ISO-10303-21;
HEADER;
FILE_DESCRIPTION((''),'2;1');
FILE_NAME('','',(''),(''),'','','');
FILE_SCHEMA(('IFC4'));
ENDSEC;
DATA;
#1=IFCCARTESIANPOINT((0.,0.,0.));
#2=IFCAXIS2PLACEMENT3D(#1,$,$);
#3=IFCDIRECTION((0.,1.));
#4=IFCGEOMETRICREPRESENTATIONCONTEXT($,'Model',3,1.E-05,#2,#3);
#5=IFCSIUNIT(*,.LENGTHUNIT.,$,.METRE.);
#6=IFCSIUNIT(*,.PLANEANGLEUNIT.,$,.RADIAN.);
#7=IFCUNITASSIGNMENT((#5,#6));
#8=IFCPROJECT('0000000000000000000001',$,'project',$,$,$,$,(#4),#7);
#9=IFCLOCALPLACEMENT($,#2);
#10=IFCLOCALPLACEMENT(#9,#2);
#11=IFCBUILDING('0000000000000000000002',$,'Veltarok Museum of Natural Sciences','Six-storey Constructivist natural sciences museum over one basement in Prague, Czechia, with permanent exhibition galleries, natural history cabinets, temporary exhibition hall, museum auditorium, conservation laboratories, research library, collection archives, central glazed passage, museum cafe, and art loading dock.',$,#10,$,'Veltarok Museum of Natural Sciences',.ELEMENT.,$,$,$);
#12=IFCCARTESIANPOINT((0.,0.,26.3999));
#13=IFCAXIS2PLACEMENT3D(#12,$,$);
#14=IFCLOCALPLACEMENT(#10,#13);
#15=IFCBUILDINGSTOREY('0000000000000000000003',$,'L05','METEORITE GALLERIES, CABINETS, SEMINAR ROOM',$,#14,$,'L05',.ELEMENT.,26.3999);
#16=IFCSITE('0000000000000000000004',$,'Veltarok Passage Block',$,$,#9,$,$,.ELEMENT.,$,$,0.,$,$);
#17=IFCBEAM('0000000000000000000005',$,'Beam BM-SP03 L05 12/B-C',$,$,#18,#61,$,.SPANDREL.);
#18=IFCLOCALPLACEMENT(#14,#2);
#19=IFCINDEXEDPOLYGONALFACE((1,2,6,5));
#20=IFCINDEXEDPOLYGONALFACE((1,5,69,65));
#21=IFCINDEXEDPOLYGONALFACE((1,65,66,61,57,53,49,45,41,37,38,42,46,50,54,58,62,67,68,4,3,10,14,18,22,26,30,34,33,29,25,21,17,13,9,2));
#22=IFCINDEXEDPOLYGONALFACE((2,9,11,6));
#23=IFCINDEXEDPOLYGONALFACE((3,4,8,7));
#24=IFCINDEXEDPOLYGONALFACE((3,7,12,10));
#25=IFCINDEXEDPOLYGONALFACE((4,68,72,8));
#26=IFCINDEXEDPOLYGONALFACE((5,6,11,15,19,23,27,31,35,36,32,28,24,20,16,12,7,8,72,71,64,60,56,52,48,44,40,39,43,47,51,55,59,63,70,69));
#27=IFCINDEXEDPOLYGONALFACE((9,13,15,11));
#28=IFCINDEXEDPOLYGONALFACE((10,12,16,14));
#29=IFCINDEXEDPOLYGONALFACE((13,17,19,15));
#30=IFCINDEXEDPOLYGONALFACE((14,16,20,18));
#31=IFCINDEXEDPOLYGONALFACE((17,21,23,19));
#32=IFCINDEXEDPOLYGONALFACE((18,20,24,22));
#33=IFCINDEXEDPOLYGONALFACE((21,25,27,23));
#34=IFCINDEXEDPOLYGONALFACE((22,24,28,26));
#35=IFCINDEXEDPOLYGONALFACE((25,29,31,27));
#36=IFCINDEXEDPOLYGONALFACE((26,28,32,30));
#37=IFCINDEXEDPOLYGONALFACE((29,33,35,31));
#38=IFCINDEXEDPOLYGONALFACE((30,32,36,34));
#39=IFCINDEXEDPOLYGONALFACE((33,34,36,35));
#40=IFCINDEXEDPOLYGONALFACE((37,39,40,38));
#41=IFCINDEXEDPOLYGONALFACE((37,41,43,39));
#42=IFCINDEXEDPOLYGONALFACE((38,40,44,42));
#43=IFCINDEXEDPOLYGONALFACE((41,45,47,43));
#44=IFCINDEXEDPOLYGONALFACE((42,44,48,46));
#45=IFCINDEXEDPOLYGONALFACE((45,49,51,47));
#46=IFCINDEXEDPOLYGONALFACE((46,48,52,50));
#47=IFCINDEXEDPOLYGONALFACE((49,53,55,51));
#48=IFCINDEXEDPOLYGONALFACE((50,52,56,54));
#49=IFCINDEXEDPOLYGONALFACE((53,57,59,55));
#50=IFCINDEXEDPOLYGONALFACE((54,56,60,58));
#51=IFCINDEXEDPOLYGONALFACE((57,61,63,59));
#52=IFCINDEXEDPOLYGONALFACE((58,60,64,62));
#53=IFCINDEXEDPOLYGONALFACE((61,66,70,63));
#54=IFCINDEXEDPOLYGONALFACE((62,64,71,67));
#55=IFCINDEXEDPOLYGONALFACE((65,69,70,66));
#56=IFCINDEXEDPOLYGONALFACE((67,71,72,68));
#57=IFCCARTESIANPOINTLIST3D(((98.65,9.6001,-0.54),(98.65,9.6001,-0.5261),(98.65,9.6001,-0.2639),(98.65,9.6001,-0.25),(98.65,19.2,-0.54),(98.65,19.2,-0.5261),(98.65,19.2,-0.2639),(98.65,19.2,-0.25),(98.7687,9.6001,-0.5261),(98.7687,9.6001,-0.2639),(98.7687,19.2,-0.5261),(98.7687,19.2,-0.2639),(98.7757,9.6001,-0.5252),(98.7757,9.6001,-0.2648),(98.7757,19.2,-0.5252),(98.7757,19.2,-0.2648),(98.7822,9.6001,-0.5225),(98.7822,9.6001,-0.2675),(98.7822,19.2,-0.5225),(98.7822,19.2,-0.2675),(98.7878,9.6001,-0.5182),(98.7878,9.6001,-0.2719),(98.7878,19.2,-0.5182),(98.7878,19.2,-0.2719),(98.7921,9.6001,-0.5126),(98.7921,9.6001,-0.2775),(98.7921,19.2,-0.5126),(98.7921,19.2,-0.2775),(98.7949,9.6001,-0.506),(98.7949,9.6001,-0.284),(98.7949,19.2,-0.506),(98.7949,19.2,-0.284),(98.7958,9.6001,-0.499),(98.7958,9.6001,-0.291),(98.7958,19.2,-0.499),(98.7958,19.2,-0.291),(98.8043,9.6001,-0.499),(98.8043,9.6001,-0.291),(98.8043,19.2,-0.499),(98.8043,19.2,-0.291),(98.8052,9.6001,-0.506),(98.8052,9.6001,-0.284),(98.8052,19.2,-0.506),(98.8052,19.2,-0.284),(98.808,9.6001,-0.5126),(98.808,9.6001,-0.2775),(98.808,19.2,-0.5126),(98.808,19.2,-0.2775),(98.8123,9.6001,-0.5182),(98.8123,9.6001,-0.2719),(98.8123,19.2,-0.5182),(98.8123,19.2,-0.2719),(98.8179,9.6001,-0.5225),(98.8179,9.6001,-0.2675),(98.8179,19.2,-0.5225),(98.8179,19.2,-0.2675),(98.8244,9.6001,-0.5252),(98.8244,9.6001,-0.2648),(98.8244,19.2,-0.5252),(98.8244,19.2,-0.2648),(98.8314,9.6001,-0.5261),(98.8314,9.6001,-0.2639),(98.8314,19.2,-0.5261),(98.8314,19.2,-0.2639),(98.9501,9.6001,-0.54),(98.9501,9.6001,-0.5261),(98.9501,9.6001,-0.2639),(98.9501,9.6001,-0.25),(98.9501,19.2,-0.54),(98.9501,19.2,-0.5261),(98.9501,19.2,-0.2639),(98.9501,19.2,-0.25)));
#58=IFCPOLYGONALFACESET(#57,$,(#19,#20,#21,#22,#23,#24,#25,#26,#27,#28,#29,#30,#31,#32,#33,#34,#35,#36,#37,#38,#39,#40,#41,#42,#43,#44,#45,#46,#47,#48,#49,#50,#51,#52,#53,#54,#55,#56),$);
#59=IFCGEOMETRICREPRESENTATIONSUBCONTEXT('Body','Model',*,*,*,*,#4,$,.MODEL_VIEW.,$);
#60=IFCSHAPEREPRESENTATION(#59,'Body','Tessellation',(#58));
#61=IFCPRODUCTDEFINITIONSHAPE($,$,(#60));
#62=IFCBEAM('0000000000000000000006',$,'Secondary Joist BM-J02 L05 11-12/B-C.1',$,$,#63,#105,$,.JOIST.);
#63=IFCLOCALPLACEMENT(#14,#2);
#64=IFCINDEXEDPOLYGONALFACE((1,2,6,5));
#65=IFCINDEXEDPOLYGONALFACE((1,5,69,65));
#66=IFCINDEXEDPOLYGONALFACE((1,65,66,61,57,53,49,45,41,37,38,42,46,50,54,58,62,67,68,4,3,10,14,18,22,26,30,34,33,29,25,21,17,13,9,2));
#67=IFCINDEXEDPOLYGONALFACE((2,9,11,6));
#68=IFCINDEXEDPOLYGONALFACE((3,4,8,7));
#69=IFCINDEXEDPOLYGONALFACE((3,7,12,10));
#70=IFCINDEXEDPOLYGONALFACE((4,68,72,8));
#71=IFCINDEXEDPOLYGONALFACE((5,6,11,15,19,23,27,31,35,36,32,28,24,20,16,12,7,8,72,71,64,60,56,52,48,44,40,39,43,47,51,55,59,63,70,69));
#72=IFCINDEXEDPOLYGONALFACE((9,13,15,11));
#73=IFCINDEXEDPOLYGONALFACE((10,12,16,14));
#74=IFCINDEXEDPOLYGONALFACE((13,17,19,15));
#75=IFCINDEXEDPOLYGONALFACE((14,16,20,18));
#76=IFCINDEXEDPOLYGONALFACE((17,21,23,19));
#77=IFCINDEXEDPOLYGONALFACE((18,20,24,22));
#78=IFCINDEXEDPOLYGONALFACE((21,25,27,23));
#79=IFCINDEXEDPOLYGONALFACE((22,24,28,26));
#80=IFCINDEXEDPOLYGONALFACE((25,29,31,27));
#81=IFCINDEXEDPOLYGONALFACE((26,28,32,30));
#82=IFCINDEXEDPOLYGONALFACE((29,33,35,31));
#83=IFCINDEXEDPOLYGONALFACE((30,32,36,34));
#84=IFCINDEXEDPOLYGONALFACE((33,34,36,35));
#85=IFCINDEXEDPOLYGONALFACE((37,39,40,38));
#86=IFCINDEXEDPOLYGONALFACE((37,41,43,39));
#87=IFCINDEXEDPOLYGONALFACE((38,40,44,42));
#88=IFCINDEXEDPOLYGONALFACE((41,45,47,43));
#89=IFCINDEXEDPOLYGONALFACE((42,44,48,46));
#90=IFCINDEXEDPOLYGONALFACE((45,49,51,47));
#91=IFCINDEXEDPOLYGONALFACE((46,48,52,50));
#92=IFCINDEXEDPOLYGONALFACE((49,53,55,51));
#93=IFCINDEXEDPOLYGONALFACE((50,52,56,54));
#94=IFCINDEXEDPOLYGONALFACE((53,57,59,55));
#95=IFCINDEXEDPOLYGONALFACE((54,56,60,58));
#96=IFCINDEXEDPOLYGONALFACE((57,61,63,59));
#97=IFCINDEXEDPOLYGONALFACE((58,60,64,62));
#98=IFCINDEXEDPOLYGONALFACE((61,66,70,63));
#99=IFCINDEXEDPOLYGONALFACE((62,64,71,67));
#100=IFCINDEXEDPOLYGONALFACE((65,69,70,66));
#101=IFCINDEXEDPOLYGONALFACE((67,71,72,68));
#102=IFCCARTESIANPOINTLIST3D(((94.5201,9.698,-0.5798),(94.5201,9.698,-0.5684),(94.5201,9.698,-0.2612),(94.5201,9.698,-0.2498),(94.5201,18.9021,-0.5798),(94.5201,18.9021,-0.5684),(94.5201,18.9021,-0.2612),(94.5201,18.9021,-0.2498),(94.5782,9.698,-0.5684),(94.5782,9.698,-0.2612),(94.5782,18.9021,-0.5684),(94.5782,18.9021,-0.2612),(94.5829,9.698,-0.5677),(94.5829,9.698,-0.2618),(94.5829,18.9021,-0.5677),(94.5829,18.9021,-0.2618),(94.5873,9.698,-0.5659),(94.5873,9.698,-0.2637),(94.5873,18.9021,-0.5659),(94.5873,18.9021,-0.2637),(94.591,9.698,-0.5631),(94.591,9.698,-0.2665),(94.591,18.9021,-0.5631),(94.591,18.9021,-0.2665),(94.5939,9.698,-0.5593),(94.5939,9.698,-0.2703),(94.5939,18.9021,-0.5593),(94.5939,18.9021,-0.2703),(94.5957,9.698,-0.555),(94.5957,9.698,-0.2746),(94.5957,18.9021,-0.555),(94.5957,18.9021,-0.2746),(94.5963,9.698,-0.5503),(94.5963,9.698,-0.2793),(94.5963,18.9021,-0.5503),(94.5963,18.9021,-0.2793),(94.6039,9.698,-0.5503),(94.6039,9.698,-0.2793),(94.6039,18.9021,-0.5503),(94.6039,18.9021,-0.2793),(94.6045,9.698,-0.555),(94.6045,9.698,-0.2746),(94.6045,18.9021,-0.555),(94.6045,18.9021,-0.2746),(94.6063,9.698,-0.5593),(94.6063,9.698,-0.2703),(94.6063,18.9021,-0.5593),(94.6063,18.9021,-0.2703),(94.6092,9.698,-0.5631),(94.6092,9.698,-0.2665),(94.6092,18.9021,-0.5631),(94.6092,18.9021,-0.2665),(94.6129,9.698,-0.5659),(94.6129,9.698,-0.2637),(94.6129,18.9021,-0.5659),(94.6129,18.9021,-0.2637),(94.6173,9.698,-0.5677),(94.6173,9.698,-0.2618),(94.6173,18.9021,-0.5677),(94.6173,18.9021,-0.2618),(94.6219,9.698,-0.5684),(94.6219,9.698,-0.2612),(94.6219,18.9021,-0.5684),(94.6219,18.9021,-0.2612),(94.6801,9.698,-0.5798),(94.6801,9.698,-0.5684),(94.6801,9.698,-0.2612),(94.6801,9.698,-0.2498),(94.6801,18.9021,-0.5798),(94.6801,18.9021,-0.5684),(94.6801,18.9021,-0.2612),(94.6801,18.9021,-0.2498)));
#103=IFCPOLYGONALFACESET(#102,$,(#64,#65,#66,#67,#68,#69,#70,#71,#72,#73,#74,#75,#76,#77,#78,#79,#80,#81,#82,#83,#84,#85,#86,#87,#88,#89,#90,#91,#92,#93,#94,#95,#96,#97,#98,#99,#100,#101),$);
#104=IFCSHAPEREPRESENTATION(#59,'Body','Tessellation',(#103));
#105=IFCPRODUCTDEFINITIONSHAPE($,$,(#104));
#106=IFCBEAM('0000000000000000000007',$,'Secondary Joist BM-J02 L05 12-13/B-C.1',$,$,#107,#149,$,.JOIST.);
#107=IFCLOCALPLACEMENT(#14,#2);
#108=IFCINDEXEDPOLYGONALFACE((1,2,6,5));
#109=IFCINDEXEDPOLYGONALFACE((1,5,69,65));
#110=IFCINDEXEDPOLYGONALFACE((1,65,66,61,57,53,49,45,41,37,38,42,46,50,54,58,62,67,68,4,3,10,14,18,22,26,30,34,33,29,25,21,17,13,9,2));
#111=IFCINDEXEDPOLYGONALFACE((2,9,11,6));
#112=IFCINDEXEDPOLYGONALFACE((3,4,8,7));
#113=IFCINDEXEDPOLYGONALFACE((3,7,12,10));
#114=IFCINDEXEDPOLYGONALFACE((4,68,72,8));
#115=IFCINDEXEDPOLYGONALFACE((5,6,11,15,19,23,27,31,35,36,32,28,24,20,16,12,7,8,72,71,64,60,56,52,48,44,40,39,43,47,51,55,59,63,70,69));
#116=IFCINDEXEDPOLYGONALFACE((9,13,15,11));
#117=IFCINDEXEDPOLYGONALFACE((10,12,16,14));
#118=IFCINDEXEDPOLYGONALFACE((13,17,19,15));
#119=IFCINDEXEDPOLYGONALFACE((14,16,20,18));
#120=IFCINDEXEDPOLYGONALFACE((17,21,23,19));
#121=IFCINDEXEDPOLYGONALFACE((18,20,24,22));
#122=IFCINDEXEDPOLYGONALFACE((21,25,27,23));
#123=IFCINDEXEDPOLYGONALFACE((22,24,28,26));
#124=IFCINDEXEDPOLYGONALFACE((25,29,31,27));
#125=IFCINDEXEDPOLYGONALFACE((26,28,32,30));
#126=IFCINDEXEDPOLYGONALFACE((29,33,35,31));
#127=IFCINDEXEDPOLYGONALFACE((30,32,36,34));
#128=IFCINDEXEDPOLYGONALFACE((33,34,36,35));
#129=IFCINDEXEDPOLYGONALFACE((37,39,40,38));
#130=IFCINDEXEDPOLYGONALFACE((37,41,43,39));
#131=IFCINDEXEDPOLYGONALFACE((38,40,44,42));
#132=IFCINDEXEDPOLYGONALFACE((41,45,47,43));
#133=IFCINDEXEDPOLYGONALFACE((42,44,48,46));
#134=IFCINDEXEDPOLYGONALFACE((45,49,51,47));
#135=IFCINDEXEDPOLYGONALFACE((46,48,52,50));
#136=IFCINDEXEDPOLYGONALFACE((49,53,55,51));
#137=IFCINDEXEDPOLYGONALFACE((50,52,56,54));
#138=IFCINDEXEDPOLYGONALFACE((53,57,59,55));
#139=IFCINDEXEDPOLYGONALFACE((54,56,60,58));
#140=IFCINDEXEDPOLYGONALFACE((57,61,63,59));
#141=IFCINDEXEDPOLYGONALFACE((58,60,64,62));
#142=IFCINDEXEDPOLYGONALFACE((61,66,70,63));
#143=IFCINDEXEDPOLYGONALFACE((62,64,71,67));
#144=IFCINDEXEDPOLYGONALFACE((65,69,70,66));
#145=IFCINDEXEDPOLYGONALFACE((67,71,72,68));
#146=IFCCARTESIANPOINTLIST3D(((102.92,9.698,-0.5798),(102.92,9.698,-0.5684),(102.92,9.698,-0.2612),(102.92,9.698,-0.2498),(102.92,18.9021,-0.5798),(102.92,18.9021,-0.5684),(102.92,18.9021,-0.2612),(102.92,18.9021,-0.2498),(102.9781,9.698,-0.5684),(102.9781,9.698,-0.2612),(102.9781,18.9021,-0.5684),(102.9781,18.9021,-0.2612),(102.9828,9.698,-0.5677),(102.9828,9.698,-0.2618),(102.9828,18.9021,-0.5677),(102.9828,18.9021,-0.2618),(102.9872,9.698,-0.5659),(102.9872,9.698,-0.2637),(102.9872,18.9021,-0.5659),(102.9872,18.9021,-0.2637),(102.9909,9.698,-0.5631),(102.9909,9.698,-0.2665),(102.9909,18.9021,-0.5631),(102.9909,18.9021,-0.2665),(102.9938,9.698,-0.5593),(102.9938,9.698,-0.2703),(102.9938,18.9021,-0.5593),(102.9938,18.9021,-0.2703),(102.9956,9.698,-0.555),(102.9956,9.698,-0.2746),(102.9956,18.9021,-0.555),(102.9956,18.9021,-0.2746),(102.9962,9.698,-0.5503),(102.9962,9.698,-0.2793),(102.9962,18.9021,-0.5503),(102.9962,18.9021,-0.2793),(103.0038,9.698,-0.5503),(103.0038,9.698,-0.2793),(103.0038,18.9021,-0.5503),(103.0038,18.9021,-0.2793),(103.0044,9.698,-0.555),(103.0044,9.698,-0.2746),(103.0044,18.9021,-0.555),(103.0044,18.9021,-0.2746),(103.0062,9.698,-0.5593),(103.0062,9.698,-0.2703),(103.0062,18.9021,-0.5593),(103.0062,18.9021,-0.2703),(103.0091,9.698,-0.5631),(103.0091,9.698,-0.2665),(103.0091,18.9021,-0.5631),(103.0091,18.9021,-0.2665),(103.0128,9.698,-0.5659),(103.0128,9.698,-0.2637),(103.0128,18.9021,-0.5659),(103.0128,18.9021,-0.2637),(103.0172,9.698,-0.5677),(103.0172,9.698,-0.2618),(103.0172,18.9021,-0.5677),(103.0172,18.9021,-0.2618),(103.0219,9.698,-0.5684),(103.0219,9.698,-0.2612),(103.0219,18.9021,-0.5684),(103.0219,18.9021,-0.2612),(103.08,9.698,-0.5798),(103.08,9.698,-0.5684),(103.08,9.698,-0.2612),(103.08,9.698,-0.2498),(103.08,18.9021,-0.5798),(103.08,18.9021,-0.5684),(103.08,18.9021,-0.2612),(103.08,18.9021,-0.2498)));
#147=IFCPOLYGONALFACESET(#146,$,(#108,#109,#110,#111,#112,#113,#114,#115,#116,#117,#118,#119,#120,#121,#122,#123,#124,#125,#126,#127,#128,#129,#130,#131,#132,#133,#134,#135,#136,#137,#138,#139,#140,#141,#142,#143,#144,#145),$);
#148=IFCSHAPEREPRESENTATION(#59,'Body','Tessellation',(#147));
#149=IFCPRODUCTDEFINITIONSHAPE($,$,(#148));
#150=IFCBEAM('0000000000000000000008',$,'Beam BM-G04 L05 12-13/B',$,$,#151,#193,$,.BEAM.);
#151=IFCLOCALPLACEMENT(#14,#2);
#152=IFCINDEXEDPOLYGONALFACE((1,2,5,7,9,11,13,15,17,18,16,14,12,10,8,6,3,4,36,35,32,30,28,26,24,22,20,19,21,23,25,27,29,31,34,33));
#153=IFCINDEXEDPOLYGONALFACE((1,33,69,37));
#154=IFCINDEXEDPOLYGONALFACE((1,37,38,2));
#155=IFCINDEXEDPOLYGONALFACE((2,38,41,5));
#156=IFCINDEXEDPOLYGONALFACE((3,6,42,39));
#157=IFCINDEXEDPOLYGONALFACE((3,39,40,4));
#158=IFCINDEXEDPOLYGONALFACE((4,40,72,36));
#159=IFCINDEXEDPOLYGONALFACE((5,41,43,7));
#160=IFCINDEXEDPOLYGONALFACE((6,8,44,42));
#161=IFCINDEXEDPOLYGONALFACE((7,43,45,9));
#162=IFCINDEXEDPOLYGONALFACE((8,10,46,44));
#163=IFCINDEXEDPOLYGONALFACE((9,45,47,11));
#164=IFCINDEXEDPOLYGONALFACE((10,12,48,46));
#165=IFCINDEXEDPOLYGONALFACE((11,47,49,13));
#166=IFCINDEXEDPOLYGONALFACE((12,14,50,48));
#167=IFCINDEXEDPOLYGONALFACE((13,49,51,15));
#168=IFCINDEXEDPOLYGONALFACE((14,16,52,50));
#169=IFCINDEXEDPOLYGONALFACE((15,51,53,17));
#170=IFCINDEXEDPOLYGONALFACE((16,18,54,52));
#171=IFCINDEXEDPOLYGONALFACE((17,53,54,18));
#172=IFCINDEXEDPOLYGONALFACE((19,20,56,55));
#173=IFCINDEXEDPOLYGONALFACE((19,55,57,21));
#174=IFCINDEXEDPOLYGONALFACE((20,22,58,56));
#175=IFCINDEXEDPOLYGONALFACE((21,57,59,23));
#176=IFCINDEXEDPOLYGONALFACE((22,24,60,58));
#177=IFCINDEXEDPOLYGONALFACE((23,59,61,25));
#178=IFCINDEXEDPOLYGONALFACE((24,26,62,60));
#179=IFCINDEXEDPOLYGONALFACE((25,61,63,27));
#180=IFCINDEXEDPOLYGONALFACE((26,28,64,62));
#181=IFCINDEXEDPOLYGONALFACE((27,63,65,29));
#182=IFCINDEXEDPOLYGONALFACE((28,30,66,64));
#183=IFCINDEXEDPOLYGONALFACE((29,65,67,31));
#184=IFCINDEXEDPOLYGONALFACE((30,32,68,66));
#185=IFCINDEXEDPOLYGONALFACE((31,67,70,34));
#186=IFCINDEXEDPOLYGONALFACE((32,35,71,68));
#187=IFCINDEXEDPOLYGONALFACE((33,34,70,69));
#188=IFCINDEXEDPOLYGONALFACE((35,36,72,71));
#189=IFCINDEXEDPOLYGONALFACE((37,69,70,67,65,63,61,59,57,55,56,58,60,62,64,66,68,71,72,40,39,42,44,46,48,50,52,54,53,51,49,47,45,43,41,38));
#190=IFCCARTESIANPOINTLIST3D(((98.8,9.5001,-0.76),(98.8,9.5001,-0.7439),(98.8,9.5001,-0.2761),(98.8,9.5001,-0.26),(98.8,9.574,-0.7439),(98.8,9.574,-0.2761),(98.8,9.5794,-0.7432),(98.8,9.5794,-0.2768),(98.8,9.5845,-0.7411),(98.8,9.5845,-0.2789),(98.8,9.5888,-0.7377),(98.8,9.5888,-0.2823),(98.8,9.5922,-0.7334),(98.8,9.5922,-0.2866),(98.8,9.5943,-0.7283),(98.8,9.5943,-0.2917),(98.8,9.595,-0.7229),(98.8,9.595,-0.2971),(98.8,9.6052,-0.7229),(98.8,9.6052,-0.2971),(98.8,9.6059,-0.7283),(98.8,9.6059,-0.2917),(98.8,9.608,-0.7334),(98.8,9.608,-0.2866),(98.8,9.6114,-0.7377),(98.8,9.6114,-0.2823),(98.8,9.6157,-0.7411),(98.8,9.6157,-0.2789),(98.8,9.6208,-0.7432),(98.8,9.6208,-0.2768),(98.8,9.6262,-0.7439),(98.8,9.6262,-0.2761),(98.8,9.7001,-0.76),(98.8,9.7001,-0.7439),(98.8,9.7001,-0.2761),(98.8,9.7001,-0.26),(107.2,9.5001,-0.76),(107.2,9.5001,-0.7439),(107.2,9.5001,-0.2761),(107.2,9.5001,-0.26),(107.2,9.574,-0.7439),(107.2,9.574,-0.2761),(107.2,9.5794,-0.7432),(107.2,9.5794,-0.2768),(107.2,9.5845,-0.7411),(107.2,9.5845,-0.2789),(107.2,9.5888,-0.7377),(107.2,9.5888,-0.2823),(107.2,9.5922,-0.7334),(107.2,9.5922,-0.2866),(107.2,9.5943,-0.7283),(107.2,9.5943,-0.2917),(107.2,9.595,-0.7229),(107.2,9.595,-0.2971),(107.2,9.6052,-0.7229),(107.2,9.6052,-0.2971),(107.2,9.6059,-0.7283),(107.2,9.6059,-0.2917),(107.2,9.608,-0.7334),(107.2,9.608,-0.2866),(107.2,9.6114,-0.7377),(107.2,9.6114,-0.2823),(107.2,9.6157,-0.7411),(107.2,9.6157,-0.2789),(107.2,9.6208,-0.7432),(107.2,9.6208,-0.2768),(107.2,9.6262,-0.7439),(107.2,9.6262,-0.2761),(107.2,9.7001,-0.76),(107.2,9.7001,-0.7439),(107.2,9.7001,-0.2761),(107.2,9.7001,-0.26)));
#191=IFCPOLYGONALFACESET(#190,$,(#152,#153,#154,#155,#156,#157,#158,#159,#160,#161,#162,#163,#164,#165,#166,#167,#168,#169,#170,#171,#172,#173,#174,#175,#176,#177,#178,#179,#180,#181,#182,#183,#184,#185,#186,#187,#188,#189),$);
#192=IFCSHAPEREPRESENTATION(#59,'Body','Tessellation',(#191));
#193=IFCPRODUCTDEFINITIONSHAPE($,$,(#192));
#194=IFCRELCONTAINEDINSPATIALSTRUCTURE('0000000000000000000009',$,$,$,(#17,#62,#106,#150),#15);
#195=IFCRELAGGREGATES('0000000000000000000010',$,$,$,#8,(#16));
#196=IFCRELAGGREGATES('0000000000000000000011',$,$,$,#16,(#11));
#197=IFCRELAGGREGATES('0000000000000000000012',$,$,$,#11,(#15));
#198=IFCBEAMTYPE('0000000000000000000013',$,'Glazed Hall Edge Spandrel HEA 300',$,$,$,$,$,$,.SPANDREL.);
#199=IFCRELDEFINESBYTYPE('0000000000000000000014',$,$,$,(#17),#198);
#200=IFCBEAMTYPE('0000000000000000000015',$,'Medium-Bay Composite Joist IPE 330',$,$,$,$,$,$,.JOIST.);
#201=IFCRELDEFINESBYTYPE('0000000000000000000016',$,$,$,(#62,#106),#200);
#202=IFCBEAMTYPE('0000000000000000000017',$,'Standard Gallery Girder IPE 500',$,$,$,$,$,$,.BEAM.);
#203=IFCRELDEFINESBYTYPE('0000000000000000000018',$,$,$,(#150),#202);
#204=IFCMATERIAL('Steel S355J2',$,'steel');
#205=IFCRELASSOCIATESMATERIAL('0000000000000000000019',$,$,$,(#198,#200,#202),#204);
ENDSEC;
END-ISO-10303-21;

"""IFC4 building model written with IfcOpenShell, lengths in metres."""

from ifc_helpers import new_model, si_unit, direction, frame, origin, origin_2d, place, context, subcontext, project, spatial, i_section, extrude, material, material_profile, profile_set, type_object, element, save


model = new_model("IFC4")

# Units and contexts
model_context = context("Model", 3, precision=1e-05, world=origin(), true_north=direction((0.0, 1.0)))
body_context = subcontext(model_context, "Body", "Model", "MODEL_VIEW")
ifc_project = project(units=[si_unit("LENGTHUNIT", "METRE"), si_unit("PLANEANGLEUNIT", "RADIAN")], contexts=[model_context])

# Site, building, storey
site_placement = place(None, origin())
site = spatial("IfcSite", under=ifc_project, at=site_placement, Name="Veltarok Passage Block", CompositionType="ELEMENT", RefElevation=0.0)
building_placement = place(site_placement, origin())
building = spatial("IfcBuilding", under=site, at=building_placement, Name="Veltarok Museum of Natural Sciences", Description="Six-storey Constructivist natural sciences museum over one basement in Prague, Czechia, with permanent exhibition galleries, natural history cabinets, temporary exhibition hall, museum auditorium, conservation laboratories, research library, collection archives, central glazed passage, museum cafe, and art loading dock.", LongName="Veltarok Museum of Natural Sciences", CompositionType="ELEMENT")
storey_placement = place(building_placement, frame((0.0, 0.0, 26.3999)))
storey = spatial("IfcBuildingStorey", under=building, at=storey_placement, Name="L05", Description="METEORITE GALLERIES, CABINETS, SEMINAR ROOM", LongName="L05", CompositionType="ELEMENT", Elevation=26.3999)

# Shared definitions
ifc_material_1 = material(Name="Steel S355J2", Category="steel")

# Beams
ifc_material_profile_1 = material_profile(ifc_material_1, i_section(OverallWidth=0.3, OverallDepth=0.29, WebThickness=0.0085, FlangeThickness=0.0139, FilletRadius=0.0271, at=origin_2d()), Name="HEA 300")
ifc_profile_set_1 = profile_set([ifc_material_profile_1], Name="Steel S355J2")
beam_type_1 = type_object("IfcBeamType", Name="Glazed Hall Edge Spandrel HEA 300", PredefinedType="SPANDREL", material=ifc_profile_set_1)
beam_1_placement = place(storey_placement, frame((98.8, 9.6001, -0.395), z_axis=(0.0, 1.0, 0.0), x_axis=(-1.0, 0.0, 0.0)))
element("IfcBeam", 1, at=beam_1_placement, inside=storey, type_object=beam_type_1, Name="Beam BM-SP03 L05 12/B-C", PredefinedType="SPANDREL", context=body_context, shape_type="SweptSolid", body=[
    extrude(i_section(OverallWidth=0.3, OverallDepth=0.29, WebThickness=0.0085, FlangeThickness=0.0139, FilletRadius=0.0271, at=origin_2d()), origin(), (0.0, 0.0, 1.0), 9.5999),
])
ifc_material_profile_2 = material_profile(ifc_material_1, i_section(OverallWidth=0.1599, OverallDepth=0.3301, WebThickness=0.0076, FlangeThickness=0.0115, FilletRadius=0.0181, at=origin_2d()), Name="IPE 330")
ifc_profile_set_2 = profile_set([ifc_material_profile_2], Name="Steel S355J2")
beam_type_2 = type_object("IfcBeamType", Name="Medium-Bay Composite Joist IPE 330", PredefinedType="JOIST", material=ifc_profile_set_2)
for number, where, z_axis, x_axis, name in (
    (2, (94.6001, 9.698, -0.4148), (0.0, 1.0, 0.0), (-1.0, 0.0, 0.0), "Secondary Joist BM-J02 L05 11-12/B-C.1"),
    (3, (103.0, 9.698, -0.4148), (0.0, 1.0, 0.0), (-1.0, 0.0, 0.0), "Secondary Joist BM-J02 L05 12-13/B-C.1"),
):
    element("IfcBeam", number, at=place(storey_placement, frame(where, z_axis=z_axis, x_axis=x_axis)), inside=storey, type_object=beam_type_2, Name=name, PredefinedType="JOIST", context=body_context, shape_type="SweptSolid", body=[
        extrude(i_section(OverallWidth=0.1599, OverallDepth=0.3301, WebThickness=0.0076, FlangeThickness=0.0115, FilletRadius=0.0181, at=origin_2d()), origin(), (0.0, 0.0, 1.0), 9.2041),
    ])
ifc_material_profile_3 = material_profile(ifc_material_1, i_section(OverallWidth=0.2, OverallDepth=0.5, WebThickness=0.0103, FlangeThickness=0.0161, FilletRadius=0.021, at=origin_2d()), Name="IPE 500")
ifc_profile_set_3 = profile_set([ifc_material_profile_3], Name="Steel S355J2")
beam_type_3 = type_object("IfcBeamType", Name="Standard Gallery Girder IPE 500", PredefinedType="BEAM", material=ifc_profile_set_3)
beam_2_placement = place(storey_placement, frame((98.8, 9.6001, -0.51), z_axis=(1.0, 0.0, 0.0), x_axis=(0.0, 1.0, 0.0)))
element("IfcBeam", 4, at=beam_2_placement, inside=storey, type_object=beam_type_3, Name="Beam BM-G04 L05 12-13/B", PredefinedType="BEAM", context=body_context, shape_type="SweptSolid", body=[
    extrude(i_section(OverallWidth=0.2, OverallDepth=0.5, WebThickness=0.0103, FlangeThickness=0.0161, FilletRadius=0.021, at=origin_2d()), origin(), (0.0, 0.0, 1.0), 8.3999),
])

save(model, "model.ifc")
